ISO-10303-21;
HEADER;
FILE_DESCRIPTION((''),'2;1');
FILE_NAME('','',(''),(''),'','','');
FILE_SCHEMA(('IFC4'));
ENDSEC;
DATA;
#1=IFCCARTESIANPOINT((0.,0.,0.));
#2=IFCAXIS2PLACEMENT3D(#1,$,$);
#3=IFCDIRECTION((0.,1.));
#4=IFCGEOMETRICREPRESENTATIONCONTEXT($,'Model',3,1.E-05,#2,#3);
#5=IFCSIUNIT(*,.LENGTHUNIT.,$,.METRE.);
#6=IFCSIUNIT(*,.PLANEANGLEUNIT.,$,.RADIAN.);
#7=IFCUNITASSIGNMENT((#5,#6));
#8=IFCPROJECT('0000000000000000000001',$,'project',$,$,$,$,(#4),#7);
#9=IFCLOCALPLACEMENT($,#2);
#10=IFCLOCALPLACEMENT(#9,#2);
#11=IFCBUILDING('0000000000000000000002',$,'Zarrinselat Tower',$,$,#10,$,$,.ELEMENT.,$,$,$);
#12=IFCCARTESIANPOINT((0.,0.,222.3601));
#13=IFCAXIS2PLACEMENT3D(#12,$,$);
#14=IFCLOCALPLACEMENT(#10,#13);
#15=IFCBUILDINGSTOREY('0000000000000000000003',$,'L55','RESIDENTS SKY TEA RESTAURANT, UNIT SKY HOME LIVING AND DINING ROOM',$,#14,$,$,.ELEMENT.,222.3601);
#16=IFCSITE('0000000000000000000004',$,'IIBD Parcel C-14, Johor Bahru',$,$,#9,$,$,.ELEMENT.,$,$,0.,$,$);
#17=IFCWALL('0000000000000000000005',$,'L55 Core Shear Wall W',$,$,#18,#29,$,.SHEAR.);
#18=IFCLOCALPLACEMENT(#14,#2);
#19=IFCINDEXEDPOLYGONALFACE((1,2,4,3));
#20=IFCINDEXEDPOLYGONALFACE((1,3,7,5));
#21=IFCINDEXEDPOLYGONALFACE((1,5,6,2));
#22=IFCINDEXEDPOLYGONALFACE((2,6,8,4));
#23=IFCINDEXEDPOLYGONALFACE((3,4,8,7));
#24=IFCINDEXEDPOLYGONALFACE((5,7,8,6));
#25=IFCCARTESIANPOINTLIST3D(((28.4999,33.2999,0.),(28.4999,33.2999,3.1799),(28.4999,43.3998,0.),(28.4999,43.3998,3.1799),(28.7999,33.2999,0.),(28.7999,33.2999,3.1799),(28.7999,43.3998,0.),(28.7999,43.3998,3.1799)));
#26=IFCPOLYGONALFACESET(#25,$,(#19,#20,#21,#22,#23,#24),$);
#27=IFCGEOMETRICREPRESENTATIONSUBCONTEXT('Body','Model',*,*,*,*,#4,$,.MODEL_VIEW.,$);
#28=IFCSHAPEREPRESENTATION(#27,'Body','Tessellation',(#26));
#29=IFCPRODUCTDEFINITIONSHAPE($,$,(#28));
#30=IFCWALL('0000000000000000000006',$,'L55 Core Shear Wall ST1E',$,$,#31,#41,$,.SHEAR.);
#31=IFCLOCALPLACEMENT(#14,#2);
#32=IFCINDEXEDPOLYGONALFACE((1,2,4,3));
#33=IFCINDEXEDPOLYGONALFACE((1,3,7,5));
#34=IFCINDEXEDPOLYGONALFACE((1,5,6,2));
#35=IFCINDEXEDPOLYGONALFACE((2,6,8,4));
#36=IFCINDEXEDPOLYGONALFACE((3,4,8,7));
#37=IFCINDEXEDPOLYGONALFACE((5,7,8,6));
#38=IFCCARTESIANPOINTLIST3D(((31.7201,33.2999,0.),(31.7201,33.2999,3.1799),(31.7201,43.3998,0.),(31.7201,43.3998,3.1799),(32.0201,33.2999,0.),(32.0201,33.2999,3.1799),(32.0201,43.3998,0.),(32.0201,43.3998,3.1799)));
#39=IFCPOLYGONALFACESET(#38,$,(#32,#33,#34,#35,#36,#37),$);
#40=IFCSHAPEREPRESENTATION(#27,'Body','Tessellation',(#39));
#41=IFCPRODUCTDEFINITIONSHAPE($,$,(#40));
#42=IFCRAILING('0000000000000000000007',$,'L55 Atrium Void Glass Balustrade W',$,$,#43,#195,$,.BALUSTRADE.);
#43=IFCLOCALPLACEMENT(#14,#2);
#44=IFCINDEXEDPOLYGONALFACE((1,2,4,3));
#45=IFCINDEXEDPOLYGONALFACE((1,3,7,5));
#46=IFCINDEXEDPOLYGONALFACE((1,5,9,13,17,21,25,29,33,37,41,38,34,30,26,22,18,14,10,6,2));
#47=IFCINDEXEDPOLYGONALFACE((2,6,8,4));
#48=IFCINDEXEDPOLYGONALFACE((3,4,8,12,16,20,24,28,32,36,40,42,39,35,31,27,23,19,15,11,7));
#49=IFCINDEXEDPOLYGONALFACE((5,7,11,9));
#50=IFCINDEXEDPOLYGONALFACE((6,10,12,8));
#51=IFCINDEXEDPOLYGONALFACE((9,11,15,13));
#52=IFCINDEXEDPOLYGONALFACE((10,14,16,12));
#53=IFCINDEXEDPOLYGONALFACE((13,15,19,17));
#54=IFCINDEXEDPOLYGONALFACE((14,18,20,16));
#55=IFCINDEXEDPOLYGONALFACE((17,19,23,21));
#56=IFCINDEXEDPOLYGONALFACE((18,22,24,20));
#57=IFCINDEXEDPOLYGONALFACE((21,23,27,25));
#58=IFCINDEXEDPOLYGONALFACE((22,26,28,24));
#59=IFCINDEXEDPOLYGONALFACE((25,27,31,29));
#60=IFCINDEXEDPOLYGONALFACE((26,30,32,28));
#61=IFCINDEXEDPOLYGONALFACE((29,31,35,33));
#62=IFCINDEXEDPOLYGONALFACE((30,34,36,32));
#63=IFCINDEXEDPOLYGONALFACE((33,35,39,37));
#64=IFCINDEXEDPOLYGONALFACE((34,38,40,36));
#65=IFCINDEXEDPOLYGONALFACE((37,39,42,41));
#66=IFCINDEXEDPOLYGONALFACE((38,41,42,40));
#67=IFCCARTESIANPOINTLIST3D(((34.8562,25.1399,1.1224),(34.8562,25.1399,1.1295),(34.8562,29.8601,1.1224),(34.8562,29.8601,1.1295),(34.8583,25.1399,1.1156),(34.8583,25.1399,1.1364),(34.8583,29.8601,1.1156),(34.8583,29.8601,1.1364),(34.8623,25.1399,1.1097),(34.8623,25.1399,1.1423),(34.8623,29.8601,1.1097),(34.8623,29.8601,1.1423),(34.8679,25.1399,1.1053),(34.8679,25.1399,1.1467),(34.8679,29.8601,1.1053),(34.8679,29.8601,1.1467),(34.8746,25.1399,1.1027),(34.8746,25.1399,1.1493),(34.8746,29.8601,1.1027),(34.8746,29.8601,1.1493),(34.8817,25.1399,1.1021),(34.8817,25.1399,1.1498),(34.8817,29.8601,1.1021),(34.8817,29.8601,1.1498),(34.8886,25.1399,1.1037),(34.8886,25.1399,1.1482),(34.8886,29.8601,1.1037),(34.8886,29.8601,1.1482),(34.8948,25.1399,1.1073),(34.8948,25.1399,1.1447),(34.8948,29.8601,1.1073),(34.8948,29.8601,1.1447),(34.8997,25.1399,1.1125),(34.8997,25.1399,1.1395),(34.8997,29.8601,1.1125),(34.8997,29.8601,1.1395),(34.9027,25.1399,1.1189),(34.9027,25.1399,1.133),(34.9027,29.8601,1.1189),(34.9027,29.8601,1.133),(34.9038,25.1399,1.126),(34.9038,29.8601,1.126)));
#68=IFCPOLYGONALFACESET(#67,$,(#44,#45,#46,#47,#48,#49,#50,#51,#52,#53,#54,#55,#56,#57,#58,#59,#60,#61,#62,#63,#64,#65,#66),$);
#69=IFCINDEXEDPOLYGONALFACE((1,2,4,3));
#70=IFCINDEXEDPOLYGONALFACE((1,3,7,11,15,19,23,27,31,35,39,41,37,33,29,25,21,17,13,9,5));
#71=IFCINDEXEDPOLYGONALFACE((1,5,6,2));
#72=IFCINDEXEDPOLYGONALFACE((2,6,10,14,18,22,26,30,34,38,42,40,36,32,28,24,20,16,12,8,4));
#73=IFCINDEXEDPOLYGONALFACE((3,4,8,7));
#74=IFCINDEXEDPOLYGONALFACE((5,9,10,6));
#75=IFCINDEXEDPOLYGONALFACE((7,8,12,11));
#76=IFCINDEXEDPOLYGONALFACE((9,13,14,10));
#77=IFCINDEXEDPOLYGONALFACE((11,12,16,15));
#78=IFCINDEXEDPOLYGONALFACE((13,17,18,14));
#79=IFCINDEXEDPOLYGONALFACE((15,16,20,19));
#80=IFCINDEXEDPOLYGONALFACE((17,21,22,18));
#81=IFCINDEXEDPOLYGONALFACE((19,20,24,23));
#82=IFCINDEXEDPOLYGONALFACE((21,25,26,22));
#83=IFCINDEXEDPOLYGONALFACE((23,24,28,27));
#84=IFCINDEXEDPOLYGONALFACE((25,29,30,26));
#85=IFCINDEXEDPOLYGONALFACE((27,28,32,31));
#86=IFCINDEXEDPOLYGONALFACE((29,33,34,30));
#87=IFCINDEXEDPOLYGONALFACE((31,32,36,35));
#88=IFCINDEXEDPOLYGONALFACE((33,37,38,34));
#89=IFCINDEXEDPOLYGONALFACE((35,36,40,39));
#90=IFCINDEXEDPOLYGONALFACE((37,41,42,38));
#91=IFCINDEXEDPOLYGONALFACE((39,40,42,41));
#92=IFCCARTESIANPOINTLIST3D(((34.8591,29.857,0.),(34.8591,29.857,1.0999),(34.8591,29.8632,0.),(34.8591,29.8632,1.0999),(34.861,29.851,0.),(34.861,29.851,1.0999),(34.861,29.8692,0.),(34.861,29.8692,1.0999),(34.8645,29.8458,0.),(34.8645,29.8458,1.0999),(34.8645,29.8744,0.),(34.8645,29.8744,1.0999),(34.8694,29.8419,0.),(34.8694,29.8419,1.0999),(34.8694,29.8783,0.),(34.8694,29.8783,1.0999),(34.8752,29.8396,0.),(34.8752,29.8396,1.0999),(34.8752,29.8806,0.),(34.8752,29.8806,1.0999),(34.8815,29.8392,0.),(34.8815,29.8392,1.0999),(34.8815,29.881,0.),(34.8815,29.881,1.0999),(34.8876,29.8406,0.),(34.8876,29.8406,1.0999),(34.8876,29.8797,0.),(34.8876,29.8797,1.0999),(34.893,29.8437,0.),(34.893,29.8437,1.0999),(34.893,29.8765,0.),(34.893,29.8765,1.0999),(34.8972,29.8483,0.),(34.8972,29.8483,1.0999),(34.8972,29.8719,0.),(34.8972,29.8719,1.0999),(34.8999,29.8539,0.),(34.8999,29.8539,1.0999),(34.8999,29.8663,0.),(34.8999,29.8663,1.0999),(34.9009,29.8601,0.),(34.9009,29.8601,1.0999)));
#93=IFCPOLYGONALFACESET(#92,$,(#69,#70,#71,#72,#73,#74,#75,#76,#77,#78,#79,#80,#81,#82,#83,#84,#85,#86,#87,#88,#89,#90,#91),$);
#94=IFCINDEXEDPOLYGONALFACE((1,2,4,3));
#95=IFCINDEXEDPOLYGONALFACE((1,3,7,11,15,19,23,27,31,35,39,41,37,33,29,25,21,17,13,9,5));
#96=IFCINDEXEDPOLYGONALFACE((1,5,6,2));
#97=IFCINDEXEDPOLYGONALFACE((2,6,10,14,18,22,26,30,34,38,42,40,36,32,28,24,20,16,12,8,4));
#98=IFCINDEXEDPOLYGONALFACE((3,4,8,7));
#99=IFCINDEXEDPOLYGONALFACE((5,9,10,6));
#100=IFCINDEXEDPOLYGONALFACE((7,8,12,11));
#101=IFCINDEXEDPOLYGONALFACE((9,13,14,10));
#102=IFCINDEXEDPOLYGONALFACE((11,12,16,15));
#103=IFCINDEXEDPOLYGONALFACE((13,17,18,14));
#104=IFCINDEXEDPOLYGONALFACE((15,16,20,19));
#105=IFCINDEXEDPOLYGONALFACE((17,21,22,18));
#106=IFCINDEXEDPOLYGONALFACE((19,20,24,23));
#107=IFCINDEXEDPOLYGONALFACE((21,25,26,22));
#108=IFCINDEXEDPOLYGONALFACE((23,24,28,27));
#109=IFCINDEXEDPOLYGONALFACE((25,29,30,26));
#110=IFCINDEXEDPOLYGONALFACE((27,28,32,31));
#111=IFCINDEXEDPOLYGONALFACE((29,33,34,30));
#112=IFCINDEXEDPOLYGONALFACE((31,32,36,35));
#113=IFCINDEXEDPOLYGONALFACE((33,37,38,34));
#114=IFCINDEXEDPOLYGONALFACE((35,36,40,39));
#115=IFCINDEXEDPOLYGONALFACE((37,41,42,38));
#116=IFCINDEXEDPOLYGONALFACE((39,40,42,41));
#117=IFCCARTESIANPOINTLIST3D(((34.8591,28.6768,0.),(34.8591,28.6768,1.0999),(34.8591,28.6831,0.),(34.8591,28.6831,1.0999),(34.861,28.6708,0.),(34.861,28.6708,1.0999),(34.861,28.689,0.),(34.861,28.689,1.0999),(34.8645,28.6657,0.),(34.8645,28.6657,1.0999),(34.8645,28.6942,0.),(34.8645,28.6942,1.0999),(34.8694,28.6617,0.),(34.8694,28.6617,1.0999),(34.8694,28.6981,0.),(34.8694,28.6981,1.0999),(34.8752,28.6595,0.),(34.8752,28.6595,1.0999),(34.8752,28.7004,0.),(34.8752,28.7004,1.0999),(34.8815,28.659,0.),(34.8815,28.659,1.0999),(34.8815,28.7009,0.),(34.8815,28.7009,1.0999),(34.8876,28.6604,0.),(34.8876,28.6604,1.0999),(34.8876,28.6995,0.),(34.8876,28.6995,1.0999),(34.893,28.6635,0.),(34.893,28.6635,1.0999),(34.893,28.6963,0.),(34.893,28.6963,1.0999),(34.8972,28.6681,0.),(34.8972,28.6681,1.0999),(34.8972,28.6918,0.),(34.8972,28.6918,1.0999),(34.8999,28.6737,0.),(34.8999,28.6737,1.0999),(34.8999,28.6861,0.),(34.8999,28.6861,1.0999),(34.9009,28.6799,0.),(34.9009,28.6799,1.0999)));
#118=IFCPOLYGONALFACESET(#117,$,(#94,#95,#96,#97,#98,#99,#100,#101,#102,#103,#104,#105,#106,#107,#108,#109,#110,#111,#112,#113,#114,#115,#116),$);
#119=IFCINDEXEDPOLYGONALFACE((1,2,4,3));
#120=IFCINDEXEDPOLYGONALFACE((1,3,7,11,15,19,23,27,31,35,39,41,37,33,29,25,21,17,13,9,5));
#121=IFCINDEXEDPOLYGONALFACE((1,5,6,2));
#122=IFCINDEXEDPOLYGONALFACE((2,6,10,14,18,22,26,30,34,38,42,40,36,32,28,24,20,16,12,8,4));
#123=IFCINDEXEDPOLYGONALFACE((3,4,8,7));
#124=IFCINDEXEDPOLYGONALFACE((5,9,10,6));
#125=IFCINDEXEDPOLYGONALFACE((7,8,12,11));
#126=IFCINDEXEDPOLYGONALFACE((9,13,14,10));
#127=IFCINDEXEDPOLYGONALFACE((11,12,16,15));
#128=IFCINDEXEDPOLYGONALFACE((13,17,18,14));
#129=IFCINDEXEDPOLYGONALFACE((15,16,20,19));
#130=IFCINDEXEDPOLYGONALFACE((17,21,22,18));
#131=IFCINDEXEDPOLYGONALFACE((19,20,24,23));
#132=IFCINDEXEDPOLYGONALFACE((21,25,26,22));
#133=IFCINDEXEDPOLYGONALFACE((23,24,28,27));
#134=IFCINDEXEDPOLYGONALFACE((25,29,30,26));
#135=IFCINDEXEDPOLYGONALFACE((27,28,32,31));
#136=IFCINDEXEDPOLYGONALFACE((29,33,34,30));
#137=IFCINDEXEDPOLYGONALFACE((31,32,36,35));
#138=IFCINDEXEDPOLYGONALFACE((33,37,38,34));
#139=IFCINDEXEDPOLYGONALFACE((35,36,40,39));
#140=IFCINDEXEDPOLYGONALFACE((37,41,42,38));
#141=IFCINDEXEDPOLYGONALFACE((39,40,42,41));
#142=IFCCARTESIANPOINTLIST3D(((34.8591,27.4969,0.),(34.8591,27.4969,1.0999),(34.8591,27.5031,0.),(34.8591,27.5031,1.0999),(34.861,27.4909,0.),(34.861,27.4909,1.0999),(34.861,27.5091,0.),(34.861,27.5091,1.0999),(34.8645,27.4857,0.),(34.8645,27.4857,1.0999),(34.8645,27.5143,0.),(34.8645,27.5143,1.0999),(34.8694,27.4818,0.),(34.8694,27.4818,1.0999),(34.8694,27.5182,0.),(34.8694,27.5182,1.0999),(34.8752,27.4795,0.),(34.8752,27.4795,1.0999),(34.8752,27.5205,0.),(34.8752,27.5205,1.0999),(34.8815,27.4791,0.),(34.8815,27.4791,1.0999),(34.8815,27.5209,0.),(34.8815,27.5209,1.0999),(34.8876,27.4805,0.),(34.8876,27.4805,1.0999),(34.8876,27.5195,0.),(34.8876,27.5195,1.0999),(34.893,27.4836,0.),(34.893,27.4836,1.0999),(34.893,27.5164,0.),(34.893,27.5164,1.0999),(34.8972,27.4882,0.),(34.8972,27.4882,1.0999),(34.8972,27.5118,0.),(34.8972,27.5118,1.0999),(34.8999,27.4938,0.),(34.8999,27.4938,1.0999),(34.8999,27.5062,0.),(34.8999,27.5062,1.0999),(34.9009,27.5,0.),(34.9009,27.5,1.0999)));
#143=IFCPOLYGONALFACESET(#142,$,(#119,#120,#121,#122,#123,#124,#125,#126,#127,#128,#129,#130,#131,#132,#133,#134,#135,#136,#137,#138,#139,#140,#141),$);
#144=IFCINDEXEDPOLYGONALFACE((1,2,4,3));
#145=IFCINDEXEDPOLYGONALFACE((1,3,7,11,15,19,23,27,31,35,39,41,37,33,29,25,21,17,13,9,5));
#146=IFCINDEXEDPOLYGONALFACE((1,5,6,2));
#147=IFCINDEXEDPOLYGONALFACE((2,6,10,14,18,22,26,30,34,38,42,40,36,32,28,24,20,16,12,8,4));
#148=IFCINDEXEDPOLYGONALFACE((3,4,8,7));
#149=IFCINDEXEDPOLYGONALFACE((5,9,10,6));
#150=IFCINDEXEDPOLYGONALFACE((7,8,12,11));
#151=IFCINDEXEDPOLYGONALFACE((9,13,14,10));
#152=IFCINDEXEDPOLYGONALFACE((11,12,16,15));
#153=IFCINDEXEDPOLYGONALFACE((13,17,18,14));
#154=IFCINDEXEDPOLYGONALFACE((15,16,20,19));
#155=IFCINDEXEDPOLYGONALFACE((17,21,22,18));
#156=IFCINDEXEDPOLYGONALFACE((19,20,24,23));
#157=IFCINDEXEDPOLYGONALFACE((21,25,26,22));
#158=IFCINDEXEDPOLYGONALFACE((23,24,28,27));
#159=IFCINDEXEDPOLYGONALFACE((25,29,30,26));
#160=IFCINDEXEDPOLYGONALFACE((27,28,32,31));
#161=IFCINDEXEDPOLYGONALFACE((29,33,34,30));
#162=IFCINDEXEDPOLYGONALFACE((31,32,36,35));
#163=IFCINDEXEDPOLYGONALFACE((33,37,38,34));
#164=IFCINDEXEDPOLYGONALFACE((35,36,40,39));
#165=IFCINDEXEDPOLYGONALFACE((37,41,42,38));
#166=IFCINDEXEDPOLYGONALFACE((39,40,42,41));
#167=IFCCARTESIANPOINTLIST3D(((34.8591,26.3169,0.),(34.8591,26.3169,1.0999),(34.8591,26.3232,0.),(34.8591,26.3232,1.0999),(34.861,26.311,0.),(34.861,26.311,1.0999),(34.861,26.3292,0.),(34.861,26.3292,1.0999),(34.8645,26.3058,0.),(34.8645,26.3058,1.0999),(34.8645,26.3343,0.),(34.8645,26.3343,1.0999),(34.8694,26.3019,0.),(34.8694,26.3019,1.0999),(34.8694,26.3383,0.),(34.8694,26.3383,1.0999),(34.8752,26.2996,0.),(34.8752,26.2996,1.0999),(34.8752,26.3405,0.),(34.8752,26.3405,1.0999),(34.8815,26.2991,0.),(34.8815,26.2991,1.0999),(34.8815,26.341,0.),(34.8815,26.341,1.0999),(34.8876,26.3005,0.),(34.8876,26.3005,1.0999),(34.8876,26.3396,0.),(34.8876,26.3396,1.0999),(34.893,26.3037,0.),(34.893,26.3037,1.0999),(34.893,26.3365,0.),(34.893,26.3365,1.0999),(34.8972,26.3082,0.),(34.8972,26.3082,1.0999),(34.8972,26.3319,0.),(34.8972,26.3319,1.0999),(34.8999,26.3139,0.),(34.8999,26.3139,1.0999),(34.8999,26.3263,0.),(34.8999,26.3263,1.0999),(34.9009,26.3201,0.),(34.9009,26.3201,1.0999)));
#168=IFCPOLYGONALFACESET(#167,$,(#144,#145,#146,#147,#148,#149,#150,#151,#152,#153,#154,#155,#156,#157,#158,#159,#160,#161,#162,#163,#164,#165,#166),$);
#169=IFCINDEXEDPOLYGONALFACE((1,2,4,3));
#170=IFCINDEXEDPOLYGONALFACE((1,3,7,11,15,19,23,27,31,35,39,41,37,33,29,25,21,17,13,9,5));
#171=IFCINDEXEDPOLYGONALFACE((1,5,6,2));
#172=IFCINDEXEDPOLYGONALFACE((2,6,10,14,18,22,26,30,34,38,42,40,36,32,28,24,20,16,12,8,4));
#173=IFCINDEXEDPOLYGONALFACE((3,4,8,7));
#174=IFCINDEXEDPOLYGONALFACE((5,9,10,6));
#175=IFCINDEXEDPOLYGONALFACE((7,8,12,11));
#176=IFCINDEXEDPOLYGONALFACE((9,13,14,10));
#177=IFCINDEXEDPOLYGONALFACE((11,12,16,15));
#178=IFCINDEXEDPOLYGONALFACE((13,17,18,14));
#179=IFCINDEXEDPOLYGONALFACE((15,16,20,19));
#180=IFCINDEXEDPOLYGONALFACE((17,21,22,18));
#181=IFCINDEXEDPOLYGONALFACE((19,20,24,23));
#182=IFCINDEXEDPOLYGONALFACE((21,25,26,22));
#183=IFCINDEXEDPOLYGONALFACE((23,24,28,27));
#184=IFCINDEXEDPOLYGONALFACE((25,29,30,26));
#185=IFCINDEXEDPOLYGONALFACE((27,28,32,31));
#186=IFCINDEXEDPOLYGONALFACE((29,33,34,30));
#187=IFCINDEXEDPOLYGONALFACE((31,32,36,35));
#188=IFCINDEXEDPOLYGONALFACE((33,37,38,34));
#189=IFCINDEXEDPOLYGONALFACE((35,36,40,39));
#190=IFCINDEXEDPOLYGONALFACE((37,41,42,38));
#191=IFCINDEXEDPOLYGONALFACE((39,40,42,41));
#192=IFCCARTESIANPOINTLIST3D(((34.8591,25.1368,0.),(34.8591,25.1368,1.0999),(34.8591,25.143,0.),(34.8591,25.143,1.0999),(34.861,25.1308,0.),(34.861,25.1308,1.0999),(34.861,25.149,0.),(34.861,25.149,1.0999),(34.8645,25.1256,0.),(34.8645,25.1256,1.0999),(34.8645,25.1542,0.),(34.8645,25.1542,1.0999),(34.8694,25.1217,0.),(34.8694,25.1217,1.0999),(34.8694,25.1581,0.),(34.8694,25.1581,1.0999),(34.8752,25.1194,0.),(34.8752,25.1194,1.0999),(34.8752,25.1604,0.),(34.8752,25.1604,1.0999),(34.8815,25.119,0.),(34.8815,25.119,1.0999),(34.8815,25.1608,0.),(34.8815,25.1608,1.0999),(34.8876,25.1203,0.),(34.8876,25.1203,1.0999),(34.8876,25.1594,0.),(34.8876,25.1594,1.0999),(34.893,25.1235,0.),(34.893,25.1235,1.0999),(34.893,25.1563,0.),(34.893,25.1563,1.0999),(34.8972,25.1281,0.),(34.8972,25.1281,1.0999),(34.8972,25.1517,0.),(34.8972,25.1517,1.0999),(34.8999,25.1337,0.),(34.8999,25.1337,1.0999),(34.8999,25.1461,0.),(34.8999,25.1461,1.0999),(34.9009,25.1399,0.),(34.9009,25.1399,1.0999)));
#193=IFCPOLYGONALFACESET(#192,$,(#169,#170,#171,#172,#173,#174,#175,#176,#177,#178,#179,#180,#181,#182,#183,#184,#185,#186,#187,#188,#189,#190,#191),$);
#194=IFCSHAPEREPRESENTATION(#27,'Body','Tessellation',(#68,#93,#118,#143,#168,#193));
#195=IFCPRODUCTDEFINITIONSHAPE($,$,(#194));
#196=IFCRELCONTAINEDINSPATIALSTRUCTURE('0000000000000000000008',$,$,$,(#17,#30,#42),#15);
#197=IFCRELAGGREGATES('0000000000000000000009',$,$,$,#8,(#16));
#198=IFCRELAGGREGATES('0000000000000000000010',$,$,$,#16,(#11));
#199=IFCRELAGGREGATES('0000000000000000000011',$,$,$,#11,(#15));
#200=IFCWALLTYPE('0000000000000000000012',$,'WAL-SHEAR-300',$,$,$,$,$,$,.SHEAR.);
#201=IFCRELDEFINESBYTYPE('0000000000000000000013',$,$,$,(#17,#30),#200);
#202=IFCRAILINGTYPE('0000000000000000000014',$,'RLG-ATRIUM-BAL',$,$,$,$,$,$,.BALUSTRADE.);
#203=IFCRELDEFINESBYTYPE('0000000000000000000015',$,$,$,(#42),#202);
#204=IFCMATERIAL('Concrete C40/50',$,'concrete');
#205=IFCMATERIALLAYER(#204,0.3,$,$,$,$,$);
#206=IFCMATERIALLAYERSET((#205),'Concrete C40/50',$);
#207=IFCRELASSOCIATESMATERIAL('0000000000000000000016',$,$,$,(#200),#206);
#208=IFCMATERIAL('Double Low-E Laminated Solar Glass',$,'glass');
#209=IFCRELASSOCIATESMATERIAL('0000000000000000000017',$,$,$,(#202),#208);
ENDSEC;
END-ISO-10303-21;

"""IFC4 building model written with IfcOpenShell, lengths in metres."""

from ifc_helpers import new_model, si_unit, direction, frame, frame_2d, origin, origin_2d, place, context, subcontext, project, spatial, rectangle, circle, extrude, material, layer, layer_set, type_object, element, save


model = new_model("IFC4")

# Units and contexts
model_context = context("Model", 3, precision=1e-05, world=origin(), true_north=direction((0.0, 1.0)))
body_context = subcontext(model_context, "Body", "Model", "MODEL_VIEW")
ifc_project = project(units=[si_unit("LENGTHUNIT", "METRE"), si_unit("PLANEANGLEUNIT", "RADIAN")], contexts=[model_context])

# Site, building, storey
site_placement = place(None, origin())
site = spatial("IfcSite", under=ifc_project, at=site_placement, Name="IIBD Parcel C-14, Johor Bahru", CompositionType="ELEMENT", RefElevation=0.0)
building_placement = place(site_placement, origin())
building = spatial("IfcBuilding", under=site, at=building_placement, Name="Zarrinselat Tower", CompositionType="ELEMENT")
storey_placement = place(building_placement, frame((0.0, 0.0, 222.3601)))
storey = spatial("IfcBuildingStorey", under=building, at=storey_placement, Name="L55", Description="RESIDENTS SKY TEA RESTAURANT, UNIT SKY HOME LIVING AND DINING ROOM", CompositionType="ELEMENT", Elevation=222.3601)

# Walls
ifc_material_1 = material(Name="Concrete C40/50", Category="concrete")
ifc_layer_1 = layer(ifc_material_1, 0.3)
ifc_layer_set_1 = layer_set([ifc_layer_1], Name="Concrete C40/50")
wall_type_1 = type_object("IfcWallType", Name="WAL-SHEAR-300", PredefinedType="SHEAR", material=ifc_layer_set_1)
for number, where, z_axis, x_axis, name in (
    (1, (28.6499, 33.3, 0.0), (0.0, 0.0, 1.0), (0.0, 1.0, 0.0), "L55 Core Shear Wall W"),
    (2, (31.8701, 33.3, 0.0), (0.0, 0.0, 1.0), (0.0, 1.0, 0.0), "L55 Core Shear Wall ST1E"),
):
    element("IfcWall", number, at=place(storey_placement, frame(where, z_axis=z_axis, x_axis=x_axis)), inside=storey, type_object=wall_type_1, Name=name, PredefinedType="SHEAR", context=body_context, shape_type="SweptSolid", body=[
        extrude(rectangle(XDim=10.0999, YDim=0.3, at=frame_2d((5.0498, 0.0))), origin(), (0.0, 0.0, 1.0), 3.1799),
    ])

# Railing
ifc_material_2 = material(Name="Double Low-E Laminated Solar Glass", Category="glass")
railing_type_1 = type_object("IfcRailingType", Name="RLG-ATRIUM-BAL", PredefinedType="BALUSTRADE", material=ifc_material_2)
railing_1_placement = place(storey_placement, frame((34.8799, 29.8601, 0.0)))
element("IfcRailing", 3, at=railing_1_placement, inside=storey, type_object=railing_type_1, Name="L55 Atrium Void Glass Balustrade W", PredefinedType="BALUSTRADE", context=body_context, shape_type="SweptSolid", body=[
    extrude(circle(Radius=0.0239, at=origin_2d()), frame((0.0, 0.0, 1.126), z_axis=(0.0, -1.0, 0.0), x_axis=(1.0, 0.0, 0.0)), (0.0, 0.0, 1.0), 4.7202),
    extrude(circle(Radius=0.021, at=origin_2d()), origin(), (0.0, 0.0, 1.0), 1.0999),
    extrude(circle(Radius=0.021, at=origin_2d()), frame((0.0, -1.1802, 0.0)), (0.0, 0.0, 1.0), 1.0999),
    extrude(circle(Radius=0.021, at=origin_2d()), frame((0.0, -2.3601, 0.0)), (0.0, 0.0, 1.0), 1.0999),
    extrude(circle(Radius=0.021, at=origin_2d()), frame((0.0, -3.54, 0.0)), (0.0, 0.0, 1.0), 1.0999),
    extrude(circle(Radius=0.021, at=origin_2d()), frame((0.0, -4.7202, 0.0)), (0.0, 0.0, 1.0), 1.0999),
])

save(model, "model.ifc")
